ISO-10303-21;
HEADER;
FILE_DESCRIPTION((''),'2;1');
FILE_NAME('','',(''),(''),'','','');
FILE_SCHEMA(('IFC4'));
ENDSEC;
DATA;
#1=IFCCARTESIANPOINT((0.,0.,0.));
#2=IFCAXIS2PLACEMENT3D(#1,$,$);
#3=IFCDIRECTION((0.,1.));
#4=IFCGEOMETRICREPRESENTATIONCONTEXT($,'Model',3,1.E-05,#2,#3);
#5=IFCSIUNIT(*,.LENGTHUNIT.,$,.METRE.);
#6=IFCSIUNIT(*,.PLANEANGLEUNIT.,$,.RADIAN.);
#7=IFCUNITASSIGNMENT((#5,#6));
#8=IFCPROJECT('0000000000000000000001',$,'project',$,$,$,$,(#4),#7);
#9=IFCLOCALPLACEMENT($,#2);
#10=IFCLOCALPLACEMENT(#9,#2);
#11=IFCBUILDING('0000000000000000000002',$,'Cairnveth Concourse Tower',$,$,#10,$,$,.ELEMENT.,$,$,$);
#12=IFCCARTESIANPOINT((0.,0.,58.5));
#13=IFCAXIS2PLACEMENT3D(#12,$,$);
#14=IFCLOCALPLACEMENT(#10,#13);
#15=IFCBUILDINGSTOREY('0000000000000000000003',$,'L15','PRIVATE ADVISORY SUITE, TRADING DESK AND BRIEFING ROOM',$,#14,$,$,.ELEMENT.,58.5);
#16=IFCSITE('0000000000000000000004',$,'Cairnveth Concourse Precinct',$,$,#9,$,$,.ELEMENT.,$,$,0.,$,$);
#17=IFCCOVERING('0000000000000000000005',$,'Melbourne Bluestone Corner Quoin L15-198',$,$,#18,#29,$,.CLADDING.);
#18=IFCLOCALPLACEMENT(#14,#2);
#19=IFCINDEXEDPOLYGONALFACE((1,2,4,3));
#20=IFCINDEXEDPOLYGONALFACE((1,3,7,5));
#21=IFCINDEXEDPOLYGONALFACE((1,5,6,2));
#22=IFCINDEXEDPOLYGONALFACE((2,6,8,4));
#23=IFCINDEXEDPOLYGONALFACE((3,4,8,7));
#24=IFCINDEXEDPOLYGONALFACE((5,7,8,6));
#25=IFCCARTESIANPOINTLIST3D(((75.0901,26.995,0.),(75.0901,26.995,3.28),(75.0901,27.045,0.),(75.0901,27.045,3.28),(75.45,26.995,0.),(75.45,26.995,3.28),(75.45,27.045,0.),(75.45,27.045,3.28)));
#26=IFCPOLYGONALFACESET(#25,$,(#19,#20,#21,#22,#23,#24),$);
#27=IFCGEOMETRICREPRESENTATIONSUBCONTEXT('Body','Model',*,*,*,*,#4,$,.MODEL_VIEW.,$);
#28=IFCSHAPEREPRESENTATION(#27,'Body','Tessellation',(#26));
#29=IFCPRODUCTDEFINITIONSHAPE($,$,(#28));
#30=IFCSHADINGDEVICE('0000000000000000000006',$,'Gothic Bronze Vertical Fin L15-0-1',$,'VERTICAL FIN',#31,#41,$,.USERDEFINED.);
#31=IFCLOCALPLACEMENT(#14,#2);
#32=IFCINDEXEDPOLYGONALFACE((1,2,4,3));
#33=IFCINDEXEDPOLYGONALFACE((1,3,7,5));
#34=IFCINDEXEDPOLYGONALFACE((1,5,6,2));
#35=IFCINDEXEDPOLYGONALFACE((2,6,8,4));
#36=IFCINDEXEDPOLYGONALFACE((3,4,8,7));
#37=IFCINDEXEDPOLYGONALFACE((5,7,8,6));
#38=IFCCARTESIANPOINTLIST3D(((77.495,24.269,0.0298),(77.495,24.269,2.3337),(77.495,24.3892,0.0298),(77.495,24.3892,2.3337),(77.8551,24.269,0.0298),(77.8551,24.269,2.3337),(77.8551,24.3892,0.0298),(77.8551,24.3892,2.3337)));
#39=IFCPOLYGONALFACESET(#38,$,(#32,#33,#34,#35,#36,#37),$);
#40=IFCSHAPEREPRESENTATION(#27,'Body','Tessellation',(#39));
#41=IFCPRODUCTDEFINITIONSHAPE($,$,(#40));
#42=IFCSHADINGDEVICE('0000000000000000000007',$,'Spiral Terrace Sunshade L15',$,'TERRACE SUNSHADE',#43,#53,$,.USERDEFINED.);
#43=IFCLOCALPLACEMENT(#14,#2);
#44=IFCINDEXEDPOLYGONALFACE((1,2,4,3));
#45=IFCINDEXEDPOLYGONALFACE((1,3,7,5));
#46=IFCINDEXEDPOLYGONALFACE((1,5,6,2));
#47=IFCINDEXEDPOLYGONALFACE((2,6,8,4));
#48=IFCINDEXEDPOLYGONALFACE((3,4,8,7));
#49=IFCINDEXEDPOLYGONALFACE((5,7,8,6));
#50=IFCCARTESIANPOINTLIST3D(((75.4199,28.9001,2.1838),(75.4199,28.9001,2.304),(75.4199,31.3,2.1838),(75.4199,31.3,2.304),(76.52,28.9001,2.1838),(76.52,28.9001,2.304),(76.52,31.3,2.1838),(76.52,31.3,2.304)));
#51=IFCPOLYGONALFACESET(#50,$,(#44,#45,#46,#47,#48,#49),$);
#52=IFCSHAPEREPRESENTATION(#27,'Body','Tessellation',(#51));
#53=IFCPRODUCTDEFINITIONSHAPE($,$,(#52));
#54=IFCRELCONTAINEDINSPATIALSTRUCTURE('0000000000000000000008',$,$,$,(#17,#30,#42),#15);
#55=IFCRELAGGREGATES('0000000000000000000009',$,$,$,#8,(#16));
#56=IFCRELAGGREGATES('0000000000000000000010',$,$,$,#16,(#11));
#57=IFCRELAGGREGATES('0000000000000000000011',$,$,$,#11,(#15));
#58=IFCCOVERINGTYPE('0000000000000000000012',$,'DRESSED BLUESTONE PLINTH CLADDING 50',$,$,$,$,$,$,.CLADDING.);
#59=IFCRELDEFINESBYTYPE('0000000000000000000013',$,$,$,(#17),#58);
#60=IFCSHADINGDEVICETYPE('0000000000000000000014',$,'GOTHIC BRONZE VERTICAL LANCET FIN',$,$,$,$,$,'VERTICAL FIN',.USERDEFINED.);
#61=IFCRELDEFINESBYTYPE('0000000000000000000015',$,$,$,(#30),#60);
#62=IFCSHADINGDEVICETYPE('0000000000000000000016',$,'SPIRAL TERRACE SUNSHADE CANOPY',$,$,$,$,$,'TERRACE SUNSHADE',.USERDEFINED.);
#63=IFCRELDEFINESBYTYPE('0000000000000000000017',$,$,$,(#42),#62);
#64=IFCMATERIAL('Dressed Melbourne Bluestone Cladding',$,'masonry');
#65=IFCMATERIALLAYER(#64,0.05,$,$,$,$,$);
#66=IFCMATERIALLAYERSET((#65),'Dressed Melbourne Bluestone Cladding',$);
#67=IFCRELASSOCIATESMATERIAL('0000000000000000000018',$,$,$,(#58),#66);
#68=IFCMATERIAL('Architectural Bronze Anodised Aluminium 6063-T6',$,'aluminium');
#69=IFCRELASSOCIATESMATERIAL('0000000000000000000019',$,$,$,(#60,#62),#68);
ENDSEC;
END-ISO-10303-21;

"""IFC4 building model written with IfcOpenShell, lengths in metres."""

from ifc_helpers import new_model, si_unit, direction, frame, frame_2d, origin, origin_2d, place, context, subcontext, project, spatial, rectangle, extrude, material, layer, layer_set, type_object, element, save


model = new_model("IFC4")

# Units and contexts
model_context = context("Model", 3, precision=1e-05, world=origin(), true_north=direction((0.0, 1.0)))
body_context = subcontext(model_context, "Body", "Model", "MODEL_VIEW")
ifc_project = project(units=[si_unit("LENGTHUNIT", "METRE"), si_unit("PLANEANGLEUNIT", "RADIAN")], contexts=[model_context])

# Site, building, storey
site_placement = place(None, origin())
site = spatial("IfcSite", under=ifc_project, at=site_placement, Name="Cairnveth Concourse Precinct", CompositionType="ELEMENT", RefElevation=0.0)
building_placement = place(site_placement, origin())
building = spatial("IfcBuilding", under=site, at=building_placement, Name="Cairnveth Concourse Tower", CompositionType="ELEMENT")
storey_placement = place(building_placement, frame((0.0, 0.0, 58.5)))
storey = spatial("IfcBuildingStorey", under=building, at=storey_placement, Name="L15", Description="PRIVATE ADVISORY SUITE, TRADING DESK AND BRIEFING ROOM", CompositionType="ELEMENT", Elevation=58.5)

# Shared definitions
ifc_material_1 = material(Name="Dressed Melbourne Bluestone Cladding", Category="masonry")

# Shared definitions
ifc_material_2 = material(Name="Architectural Bronze Anodised Aluminium 6063-T6", Category="aluminium")

# Covering
ifc_layer_1 = layer(ifc_material_1, 0.05)
ifc_layer_set_1 = layer_set([ifc_layer_1], Name="Dressed Melbourne Bluestone Cladding")
covering_type = type_object("IfcCoveringType", Name="DRESSED BLUESTONE PLINTH CLADDING 50", PredefinedType="CLADDING", material=ifc_layer_set_1)
for number, where, z_axis, x_axis, name in (
    (1, (75.0901, 27.02, 0.0), (0.0, 0.0, 1.0), (1.0, 0.0, 0.0), "Melbourne Bluestone Corner Quoin L15-198"),
):
    element("IfcCovering", number, at=place(storey_placement, frame(where, z_axis=z_axis, x_axis=x_axis)), inside=storey, type_object=covering_type, Name=name, PredefinedType="CLADDING", context=body_context, shape_type="SweptSolid", body=[
        extrude(rectangle(XDim=0.3599, YDim=0.05, at=frame_2d((0.1799, 0.0))), origin(), (0.0, 0.0, 1.0), 3.28),
    ])

# Shading devices
shading_device_type_1 = type_object("IfcShadingDeviceType", Name="GOTHIC BRONZE VERTICAL LANCET FIN", ElementType="VERTICAL FIN", PredefinedType="USERDEFINED", material=ifc_material_2)
shading_device_1_placement = place(storey_placement, frame((77.675, 24.3291, 0.0298), z_axis=(0.0, 0.0, 1.0), x_axis=(0.0, 1.0, 0.0)))
element("IfcShadingDevice", 2, at=shading_device_1_placement, inside=storey, type_object=shading_device_type_1, Name="Gothic Bronze Vertical Fin L15-0-1", ObjectType="VERTICAL FIN", PredefinedType="USERDEFINED", context=body_context, shape_type="SweptSolid", body=[
    extrude(rectangle(XDim=0.1201, YDim=0.3601, at=origin_2d()), origin(), (0.0, 0.0, 1.0), 2.304),
])
shading_device_type_2 = type_object("IfcShadingDeviceType", Name="SPIRAL TERRACE SUNSHADE CANOPY", ElementType="TERRACE SUNSHADE", PredefinedType="USERDEFINED", material=ifc_material_2)
shading_device_2_placement = place(storey_placement, frame((75.97, 30.1001, 2.1838), z_axis=(0.0, 0.0, 1.0), x_axis=(1.0, 0.0, 0.0)))
element("IfcShadingDevice", 3, at=shading_device_2_placement, inside=storey, type_object=shading_device_type_2, Name="Spiral Terrace Sunshade L15", ObjectType="TERRACE SUNSHADE", PredefinedType="USERDEFINED", context=body_context, shape_type="SweptSolid", body=[
    extrude(rectangle(XDim=1.1001, YDim=2.3999, at=origin_2d()), origin(), (0.0, 0.0, 1.0), 0.1201),
])

save(model, "model.ifc")
